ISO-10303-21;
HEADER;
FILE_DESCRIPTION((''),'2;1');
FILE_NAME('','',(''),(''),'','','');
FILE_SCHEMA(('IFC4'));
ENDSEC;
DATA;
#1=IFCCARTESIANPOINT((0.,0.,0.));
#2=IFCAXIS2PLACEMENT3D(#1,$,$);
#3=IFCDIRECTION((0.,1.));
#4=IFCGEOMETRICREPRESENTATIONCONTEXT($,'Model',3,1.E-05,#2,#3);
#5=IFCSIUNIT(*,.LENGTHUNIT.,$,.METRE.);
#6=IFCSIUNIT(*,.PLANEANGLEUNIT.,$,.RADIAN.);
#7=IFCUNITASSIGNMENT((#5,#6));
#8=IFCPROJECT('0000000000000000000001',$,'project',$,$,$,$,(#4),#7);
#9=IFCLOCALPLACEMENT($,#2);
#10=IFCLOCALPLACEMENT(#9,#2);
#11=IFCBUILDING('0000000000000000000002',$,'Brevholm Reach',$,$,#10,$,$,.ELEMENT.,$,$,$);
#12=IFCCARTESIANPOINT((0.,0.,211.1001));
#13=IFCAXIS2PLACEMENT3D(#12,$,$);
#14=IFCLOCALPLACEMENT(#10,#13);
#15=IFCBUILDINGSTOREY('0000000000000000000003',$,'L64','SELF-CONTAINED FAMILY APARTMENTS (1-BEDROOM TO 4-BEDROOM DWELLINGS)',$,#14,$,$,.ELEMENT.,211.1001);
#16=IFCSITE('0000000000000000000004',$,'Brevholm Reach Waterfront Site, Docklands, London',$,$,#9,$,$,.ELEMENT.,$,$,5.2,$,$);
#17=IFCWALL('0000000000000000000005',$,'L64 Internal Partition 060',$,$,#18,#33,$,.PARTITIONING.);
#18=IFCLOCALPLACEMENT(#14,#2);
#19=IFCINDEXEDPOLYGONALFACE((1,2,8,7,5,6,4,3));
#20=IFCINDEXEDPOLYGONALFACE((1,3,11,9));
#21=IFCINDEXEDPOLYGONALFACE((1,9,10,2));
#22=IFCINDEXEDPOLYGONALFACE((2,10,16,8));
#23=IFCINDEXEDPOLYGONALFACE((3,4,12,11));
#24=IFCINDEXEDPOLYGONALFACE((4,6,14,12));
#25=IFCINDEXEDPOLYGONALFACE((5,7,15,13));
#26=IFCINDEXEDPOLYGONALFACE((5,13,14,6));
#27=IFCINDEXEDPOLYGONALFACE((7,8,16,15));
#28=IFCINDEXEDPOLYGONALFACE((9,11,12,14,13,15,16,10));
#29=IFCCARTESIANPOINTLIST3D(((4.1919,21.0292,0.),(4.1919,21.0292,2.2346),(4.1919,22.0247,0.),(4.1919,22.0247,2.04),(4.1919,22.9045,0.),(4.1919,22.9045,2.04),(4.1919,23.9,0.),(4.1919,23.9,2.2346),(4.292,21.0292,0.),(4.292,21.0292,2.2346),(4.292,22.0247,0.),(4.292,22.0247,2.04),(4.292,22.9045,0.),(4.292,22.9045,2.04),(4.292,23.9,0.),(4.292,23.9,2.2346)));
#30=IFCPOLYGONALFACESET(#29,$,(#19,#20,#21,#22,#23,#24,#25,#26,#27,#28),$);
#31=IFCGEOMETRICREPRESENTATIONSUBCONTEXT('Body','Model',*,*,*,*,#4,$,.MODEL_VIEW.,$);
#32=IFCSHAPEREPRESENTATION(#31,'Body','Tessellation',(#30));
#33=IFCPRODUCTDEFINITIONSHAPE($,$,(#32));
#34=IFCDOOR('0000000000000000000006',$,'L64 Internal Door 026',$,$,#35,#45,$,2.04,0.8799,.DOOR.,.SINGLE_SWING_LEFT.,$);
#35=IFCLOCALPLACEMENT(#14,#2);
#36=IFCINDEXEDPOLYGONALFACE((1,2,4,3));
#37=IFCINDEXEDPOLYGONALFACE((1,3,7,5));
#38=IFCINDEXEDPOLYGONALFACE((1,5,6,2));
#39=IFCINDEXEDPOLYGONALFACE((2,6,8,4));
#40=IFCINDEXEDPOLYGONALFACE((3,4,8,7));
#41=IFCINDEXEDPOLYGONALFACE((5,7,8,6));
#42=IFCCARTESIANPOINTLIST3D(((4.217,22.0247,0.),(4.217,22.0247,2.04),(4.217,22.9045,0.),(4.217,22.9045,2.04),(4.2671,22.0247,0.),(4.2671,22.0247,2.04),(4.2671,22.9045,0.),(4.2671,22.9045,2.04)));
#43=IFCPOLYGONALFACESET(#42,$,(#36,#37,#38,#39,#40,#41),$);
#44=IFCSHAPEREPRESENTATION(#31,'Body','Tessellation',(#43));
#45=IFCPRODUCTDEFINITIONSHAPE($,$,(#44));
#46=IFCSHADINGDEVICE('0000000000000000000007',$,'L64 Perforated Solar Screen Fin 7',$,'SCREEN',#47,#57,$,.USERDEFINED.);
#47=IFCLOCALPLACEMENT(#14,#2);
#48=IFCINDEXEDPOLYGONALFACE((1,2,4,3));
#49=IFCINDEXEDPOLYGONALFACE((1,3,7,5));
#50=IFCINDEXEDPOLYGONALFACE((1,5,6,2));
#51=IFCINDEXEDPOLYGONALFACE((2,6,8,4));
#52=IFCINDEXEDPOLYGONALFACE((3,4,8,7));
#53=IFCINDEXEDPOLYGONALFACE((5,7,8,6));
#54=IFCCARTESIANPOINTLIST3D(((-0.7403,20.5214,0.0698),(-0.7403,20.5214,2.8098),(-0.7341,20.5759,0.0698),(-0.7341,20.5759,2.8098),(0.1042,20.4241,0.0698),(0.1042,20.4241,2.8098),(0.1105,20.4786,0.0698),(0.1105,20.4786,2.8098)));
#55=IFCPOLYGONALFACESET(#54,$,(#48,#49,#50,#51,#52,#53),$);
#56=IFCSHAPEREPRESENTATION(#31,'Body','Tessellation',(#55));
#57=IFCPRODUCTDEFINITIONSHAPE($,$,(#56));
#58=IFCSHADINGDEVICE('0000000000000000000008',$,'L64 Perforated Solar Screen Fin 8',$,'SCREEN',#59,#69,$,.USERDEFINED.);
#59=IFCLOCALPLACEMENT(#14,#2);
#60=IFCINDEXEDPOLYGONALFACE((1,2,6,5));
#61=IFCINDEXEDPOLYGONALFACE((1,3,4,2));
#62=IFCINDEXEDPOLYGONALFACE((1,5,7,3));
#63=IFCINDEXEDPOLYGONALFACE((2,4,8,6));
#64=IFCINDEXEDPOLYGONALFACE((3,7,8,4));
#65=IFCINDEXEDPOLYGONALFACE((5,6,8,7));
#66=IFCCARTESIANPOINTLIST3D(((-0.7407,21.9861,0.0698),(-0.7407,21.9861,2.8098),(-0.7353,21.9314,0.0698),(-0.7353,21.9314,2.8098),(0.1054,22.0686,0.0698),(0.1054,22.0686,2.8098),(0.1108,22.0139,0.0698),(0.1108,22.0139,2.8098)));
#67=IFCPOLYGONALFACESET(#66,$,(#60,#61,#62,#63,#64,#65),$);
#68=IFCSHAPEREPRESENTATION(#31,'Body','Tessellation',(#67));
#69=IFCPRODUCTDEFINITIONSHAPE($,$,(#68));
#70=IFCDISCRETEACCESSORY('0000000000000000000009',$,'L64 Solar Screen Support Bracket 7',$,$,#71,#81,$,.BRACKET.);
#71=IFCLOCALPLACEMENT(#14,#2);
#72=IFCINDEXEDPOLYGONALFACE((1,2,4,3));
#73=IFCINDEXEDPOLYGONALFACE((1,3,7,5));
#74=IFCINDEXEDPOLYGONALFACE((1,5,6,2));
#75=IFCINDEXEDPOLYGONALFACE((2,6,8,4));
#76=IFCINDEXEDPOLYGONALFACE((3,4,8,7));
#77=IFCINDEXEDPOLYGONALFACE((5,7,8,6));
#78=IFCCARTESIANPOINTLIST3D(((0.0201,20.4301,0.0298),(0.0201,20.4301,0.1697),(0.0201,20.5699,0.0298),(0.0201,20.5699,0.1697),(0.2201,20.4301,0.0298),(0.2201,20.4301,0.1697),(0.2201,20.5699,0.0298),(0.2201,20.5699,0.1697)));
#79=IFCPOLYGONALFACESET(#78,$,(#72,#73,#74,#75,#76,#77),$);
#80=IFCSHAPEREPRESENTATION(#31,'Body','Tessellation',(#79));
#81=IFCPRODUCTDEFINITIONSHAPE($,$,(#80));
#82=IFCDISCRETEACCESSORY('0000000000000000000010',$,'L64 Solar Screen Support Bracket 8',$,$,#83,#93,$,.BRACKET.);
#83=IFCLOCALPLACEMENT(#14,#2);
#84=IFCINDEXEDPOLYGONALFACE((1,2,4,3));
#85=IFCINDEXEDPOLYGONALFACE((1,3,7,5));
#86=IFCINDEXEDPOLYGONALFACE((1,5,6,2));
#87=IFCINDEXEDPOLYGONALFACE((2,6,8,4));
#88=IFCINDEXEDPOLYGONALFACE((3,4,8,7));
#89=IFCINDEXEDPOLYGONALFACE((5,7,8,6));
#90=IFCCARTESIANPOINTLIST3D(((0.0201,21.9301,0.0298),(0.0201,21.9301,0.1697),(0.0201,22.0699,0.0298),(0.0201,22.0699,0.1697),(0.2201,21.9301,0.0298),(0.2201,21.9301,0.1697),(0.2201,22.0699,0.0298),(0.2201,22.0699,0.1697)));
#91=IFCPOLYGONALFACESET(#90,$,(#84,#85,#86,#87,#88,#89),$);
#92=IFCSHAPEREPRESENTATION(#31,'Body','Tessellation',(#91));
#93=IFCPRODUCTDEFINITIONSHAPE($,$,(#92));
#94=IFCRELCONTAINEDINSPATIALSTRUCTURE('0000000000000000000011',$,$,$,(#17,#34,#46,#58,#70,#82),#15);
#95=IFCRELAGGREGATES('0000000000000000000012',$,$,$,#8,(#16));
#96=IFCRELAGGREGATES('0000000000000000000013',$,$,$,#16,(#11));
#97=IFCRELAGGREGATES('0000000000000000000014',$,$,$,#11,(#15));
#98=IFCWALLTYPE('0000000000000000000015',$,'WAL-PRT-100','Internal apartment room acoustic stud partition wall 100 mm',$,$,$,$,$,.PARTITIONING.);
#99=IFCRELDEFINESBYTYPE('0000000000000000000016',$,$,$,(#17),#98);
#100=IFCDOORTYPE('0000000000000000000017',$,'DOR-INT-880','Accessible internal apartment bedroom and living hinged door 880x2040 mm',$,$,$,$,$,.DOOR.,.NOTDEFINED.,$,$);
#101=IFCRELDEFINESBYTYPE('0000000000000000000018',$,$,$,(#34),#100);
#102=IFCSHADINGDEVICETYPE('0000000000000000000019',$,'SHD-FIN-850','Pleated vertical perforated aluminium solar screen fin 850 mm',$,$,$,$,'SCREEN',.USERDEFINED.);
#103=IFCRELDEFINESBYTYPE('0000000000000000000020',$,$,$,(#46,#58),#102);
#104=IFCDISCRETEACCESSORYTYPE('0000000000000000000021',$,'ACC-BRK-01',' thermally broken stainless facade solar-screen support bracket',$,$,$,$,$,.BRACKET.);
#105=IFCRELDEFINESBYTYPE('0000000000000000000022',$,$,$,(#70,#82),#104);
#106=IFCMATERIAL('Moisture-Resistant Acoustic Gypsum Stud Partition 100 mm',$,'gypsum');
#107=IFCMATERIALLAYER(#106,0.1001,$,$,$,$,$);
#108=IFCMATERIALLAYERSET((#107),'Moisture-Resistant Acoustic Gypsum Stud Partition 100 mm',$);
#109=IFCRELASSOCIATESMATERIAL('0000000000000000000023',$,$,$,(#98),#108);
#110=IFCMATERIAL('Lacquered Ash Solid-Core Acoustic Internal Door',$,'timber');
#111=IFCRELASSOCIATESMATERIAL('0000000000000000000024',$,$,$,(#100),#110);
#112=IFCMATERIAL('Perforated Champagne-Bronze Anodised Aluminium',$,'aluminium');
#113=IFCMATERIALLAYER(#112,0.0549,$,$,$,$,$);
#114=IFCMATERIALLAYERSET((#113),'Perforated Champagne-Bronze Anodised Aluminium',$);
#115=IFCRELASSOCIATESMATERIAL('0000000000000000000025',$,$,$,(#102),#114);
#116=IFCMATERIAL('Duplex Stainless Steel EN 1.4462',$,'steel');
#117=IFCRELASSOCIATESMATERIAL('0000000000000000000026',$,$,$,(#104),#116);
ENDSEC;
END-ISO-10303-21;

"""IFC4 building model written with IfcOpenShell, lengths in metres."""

from ifc_helpers import new_model, si_unit, direction, frame, frame_2d, origin, origin_2d, place, context, subcontext, project, spatial, rectangle, extrude, material, layer, layer_set, type_object, element, fill, save


model = new_model("IFC4")

# Units and contexts
model_context = context("Model", 3, precision=1e-05, world=origin(), true_north=direction((0.0, 1.0)))
body_context = subcontext(model_context, "Body", "Model", "MODEL_VIEW")
ifc_project = project(units=[si_unit("LENGTHUNIT", "METRE"), si_unit("PLANEANGLEUNIT", "RADIAN")], contexts=[model_context])

# Site, building, storey
site_placement = place(None, origin())
site = spatial("IfcSite", under=ifc_project, at=site_placement, Name="Brevholm Reach Waterfront Site, Docklands, London", CompositionType="ELEMENT", RefElevation=5.2)
building_placement = place(site_placement, origin())
building = spatial("IfcBuilding", under=site, at=building_placement, Name="Brevholm Reach", CompositionType="ELEMENT")
storey_placement = place(building_placement, frame((0.0, 0.0, 211.1001)))
storey = spatial("IfcBuildingStorey", under=building, at=storey_placement, Name="L64", Description="SELF-CONTAINED FAMILY APARTMENTS (1-BEDROOM TO 4-BEDROOM DWELLINGS)", CompositionType="ELEMENT", Elevation=211.1001)

# Shared definitions
ifc_material_1 = material(Name="Moisture-Resistant Acoustic Gypsum Stud Partition 100 mm", Category="gypsum")
ifc_layer_1 = layer(ifc_material_1, 0.1001)
ifc_layer_set_1 = layer_set([ifc_layer_1], Name="Moisture-Resistant Acoustic Gypsum Stud Partition 100 mm")
wall_type_1 = type_object("IfcWallType", Name="WAL-PRT-100", Description="Internal apartment room acoustic stud partition wall 100 mm", PredefinedType="PARTITIONING", material=ifc_layer_set_1)

# Wall, opening, door
wall_1_placement = place(storey_placement, frame((4.2419, 21.0291, 0.0), z_axis=(0.0, 0.0, 1.0), x_axis=(0.0, 1.0, 0.0)))
wall_1 = element("IfcWall", 1, at=wall_1_placement, inside=storey, type_object=wall_type_1, Name="L64 Internal Partition 060", PredefinedType="PARTITIONING", context=body_context, shape_type="SweptSolid", body=[
    extrude(rectangle(XDim=2.8708, YDim=0.1001, at=frame_2d((1.4355, 0.0))), origin(), (0.0, 0.0, 1.0), 2.2346),
])
opening_placement = place(wall_1_placement, frame((0.9956, 0.0, 0.0)))
opening = element("IfcOpeningElement", 2, at=opening_placement, cuts=wall_1, PredefinedType="OPENING", context=body_context, shape_type="SweptSolid", body=[
    extrude(rectangle(XDim=0.8799, YDim=2.04, at=frame_2d((0.4399, 1.02))), frame((0.0, 0.0601, 0.0), z_axis=(0.0, -1.0, 0.0), x_axis=(1.0, 0.0, 0.0)), (0.0, 0.0, 1.0), 0.1201),
])
ifc_material_2 = material(Name="Lacquered Ash Solid-Core Acoustic Internal Door", Category="timber")
door_type = type_object("IfcDoorType", Name="DOR-INT-880", Description="Accessible internal apartment bedroom and living hinged door 880x2040 mm", OperationType="NOTDEFINED", PredefinedType="DOOR", material=ifc_material_2)
door_placement = place(opening_placement, origin())
door = element("IfcDoor", 3, at=door_placement, inside=storey, type_object=door_type, Name="L64 Internal Door 026", OperationType="SINGLE_SWING_LEFT", OverallHeight=2.04, OverallWidth=0.8799, PredefinedType="DOOR", context=body_context, shape_type="SweptSolid", body=[
    extrude(rectangle(XDim=0.8799, YDim=2.04, at=frame_2d((0.4399, 1.02))), frame((0.0, 0.0249, 0.0), z_axis=(0.0, -1.0, 0.0), x_axis=(1.0, 0.0, 0.0)), (0.0, 0.0, 1.0), 0.05),
])
fill(opening, door)

# Shading devices
ifc_material_3 = material(Name="Perforated Champagne-Bronze Anodised Aluminium", Category="aluminium")
ifc_layer_2 = layer(ifc_material_3, 0.0549)
ifc_layer_set_2 = layer_set([ifc_layer_2], Name="Perforated Champagne-Bronze Anodised Aluminium")
shading_device_type = type_object("IfcShadingDeviceType", Name="SHD-FIN-850", Description="Pleated vertical perforated aluminium solar screen fin 850 mm", ElementType="SCREEN", PredefinedType="USERDEFINED", material=ifc_layer_set_2)
for number, where, z_axis, x_axis, name in (
    (4, (-0.3149, 20.5, 0.0698), (0.0, 0.0, 1.0), (-0.993427, 0.114469, 0.0), "L64 Perforated Solar Screen Fin 7"),
    (5, (-0.3149, 22.0, 0.0698), (0.0, 0.0, 1.0), (-0.995285, -0.096992, 0.0), "L64 Perforated Solar Screen Fin 8"),
):
    element("IfcShadingDevice", number, at=place(storey_placement, frame(where, z_axis=z_axis, x_axis=x_axis)), inside=storey, type_object=shading_device_type, Name=name, ObjectType="SCREEN", PredefinedType="USERDEFINED", context=body_context, shape_type="SweptSolid", body=[
        extrude(rectangle(XDim=0.8501, YDim=0.0549, at=origin_2d()), origin(), (0.0, 0.0, 1.0), 2.74),
    ])

# Discrete accessories
ifc_material_4 = material(Name="Duplex Stainless Steel EN 1.4462", Category="steel")
discrete_accessory_type = type_object("IfcDiscreteAccessoryType", Name="ACC-BRK-01", Description=" thermally broken stainless facade solar-screen support bracket", PredefinedType="BRACKET", material=ifc_material_4)
for number, where, z_axis, x_axis, name in (
    (6, (0.1201, 20.5, 0.0298), (0.0, 0.0, 1.0), (-1.0, 0.0, 0.0), "L64 Solar Screen Support Bracket 7"),
    (7, (0.1201, 22.0, 0.0298), (0.0, 0.0, 1.0), (-1.0, 0.0, 0.0), "L64 Solar Screen Support Bracket 8"),
):
    element("IfcDiscreteAccessory", number, at=place(storey_placement, frame(where, z_axis=z_axis, x_axis=x_axis)), inside=storey, type_object=discrete_accessory_type, Name=name, PredefinedType="BRACKET", context=body_context, shape_type="SweptSolid", body=[
        extrude(rectangle(XDim=0.2, YDim=0.1399, at=origin_2d()), origin(), (0.0, 0.0, 1.0), 0.1399),
    ])

save(model, "model.ifc")
